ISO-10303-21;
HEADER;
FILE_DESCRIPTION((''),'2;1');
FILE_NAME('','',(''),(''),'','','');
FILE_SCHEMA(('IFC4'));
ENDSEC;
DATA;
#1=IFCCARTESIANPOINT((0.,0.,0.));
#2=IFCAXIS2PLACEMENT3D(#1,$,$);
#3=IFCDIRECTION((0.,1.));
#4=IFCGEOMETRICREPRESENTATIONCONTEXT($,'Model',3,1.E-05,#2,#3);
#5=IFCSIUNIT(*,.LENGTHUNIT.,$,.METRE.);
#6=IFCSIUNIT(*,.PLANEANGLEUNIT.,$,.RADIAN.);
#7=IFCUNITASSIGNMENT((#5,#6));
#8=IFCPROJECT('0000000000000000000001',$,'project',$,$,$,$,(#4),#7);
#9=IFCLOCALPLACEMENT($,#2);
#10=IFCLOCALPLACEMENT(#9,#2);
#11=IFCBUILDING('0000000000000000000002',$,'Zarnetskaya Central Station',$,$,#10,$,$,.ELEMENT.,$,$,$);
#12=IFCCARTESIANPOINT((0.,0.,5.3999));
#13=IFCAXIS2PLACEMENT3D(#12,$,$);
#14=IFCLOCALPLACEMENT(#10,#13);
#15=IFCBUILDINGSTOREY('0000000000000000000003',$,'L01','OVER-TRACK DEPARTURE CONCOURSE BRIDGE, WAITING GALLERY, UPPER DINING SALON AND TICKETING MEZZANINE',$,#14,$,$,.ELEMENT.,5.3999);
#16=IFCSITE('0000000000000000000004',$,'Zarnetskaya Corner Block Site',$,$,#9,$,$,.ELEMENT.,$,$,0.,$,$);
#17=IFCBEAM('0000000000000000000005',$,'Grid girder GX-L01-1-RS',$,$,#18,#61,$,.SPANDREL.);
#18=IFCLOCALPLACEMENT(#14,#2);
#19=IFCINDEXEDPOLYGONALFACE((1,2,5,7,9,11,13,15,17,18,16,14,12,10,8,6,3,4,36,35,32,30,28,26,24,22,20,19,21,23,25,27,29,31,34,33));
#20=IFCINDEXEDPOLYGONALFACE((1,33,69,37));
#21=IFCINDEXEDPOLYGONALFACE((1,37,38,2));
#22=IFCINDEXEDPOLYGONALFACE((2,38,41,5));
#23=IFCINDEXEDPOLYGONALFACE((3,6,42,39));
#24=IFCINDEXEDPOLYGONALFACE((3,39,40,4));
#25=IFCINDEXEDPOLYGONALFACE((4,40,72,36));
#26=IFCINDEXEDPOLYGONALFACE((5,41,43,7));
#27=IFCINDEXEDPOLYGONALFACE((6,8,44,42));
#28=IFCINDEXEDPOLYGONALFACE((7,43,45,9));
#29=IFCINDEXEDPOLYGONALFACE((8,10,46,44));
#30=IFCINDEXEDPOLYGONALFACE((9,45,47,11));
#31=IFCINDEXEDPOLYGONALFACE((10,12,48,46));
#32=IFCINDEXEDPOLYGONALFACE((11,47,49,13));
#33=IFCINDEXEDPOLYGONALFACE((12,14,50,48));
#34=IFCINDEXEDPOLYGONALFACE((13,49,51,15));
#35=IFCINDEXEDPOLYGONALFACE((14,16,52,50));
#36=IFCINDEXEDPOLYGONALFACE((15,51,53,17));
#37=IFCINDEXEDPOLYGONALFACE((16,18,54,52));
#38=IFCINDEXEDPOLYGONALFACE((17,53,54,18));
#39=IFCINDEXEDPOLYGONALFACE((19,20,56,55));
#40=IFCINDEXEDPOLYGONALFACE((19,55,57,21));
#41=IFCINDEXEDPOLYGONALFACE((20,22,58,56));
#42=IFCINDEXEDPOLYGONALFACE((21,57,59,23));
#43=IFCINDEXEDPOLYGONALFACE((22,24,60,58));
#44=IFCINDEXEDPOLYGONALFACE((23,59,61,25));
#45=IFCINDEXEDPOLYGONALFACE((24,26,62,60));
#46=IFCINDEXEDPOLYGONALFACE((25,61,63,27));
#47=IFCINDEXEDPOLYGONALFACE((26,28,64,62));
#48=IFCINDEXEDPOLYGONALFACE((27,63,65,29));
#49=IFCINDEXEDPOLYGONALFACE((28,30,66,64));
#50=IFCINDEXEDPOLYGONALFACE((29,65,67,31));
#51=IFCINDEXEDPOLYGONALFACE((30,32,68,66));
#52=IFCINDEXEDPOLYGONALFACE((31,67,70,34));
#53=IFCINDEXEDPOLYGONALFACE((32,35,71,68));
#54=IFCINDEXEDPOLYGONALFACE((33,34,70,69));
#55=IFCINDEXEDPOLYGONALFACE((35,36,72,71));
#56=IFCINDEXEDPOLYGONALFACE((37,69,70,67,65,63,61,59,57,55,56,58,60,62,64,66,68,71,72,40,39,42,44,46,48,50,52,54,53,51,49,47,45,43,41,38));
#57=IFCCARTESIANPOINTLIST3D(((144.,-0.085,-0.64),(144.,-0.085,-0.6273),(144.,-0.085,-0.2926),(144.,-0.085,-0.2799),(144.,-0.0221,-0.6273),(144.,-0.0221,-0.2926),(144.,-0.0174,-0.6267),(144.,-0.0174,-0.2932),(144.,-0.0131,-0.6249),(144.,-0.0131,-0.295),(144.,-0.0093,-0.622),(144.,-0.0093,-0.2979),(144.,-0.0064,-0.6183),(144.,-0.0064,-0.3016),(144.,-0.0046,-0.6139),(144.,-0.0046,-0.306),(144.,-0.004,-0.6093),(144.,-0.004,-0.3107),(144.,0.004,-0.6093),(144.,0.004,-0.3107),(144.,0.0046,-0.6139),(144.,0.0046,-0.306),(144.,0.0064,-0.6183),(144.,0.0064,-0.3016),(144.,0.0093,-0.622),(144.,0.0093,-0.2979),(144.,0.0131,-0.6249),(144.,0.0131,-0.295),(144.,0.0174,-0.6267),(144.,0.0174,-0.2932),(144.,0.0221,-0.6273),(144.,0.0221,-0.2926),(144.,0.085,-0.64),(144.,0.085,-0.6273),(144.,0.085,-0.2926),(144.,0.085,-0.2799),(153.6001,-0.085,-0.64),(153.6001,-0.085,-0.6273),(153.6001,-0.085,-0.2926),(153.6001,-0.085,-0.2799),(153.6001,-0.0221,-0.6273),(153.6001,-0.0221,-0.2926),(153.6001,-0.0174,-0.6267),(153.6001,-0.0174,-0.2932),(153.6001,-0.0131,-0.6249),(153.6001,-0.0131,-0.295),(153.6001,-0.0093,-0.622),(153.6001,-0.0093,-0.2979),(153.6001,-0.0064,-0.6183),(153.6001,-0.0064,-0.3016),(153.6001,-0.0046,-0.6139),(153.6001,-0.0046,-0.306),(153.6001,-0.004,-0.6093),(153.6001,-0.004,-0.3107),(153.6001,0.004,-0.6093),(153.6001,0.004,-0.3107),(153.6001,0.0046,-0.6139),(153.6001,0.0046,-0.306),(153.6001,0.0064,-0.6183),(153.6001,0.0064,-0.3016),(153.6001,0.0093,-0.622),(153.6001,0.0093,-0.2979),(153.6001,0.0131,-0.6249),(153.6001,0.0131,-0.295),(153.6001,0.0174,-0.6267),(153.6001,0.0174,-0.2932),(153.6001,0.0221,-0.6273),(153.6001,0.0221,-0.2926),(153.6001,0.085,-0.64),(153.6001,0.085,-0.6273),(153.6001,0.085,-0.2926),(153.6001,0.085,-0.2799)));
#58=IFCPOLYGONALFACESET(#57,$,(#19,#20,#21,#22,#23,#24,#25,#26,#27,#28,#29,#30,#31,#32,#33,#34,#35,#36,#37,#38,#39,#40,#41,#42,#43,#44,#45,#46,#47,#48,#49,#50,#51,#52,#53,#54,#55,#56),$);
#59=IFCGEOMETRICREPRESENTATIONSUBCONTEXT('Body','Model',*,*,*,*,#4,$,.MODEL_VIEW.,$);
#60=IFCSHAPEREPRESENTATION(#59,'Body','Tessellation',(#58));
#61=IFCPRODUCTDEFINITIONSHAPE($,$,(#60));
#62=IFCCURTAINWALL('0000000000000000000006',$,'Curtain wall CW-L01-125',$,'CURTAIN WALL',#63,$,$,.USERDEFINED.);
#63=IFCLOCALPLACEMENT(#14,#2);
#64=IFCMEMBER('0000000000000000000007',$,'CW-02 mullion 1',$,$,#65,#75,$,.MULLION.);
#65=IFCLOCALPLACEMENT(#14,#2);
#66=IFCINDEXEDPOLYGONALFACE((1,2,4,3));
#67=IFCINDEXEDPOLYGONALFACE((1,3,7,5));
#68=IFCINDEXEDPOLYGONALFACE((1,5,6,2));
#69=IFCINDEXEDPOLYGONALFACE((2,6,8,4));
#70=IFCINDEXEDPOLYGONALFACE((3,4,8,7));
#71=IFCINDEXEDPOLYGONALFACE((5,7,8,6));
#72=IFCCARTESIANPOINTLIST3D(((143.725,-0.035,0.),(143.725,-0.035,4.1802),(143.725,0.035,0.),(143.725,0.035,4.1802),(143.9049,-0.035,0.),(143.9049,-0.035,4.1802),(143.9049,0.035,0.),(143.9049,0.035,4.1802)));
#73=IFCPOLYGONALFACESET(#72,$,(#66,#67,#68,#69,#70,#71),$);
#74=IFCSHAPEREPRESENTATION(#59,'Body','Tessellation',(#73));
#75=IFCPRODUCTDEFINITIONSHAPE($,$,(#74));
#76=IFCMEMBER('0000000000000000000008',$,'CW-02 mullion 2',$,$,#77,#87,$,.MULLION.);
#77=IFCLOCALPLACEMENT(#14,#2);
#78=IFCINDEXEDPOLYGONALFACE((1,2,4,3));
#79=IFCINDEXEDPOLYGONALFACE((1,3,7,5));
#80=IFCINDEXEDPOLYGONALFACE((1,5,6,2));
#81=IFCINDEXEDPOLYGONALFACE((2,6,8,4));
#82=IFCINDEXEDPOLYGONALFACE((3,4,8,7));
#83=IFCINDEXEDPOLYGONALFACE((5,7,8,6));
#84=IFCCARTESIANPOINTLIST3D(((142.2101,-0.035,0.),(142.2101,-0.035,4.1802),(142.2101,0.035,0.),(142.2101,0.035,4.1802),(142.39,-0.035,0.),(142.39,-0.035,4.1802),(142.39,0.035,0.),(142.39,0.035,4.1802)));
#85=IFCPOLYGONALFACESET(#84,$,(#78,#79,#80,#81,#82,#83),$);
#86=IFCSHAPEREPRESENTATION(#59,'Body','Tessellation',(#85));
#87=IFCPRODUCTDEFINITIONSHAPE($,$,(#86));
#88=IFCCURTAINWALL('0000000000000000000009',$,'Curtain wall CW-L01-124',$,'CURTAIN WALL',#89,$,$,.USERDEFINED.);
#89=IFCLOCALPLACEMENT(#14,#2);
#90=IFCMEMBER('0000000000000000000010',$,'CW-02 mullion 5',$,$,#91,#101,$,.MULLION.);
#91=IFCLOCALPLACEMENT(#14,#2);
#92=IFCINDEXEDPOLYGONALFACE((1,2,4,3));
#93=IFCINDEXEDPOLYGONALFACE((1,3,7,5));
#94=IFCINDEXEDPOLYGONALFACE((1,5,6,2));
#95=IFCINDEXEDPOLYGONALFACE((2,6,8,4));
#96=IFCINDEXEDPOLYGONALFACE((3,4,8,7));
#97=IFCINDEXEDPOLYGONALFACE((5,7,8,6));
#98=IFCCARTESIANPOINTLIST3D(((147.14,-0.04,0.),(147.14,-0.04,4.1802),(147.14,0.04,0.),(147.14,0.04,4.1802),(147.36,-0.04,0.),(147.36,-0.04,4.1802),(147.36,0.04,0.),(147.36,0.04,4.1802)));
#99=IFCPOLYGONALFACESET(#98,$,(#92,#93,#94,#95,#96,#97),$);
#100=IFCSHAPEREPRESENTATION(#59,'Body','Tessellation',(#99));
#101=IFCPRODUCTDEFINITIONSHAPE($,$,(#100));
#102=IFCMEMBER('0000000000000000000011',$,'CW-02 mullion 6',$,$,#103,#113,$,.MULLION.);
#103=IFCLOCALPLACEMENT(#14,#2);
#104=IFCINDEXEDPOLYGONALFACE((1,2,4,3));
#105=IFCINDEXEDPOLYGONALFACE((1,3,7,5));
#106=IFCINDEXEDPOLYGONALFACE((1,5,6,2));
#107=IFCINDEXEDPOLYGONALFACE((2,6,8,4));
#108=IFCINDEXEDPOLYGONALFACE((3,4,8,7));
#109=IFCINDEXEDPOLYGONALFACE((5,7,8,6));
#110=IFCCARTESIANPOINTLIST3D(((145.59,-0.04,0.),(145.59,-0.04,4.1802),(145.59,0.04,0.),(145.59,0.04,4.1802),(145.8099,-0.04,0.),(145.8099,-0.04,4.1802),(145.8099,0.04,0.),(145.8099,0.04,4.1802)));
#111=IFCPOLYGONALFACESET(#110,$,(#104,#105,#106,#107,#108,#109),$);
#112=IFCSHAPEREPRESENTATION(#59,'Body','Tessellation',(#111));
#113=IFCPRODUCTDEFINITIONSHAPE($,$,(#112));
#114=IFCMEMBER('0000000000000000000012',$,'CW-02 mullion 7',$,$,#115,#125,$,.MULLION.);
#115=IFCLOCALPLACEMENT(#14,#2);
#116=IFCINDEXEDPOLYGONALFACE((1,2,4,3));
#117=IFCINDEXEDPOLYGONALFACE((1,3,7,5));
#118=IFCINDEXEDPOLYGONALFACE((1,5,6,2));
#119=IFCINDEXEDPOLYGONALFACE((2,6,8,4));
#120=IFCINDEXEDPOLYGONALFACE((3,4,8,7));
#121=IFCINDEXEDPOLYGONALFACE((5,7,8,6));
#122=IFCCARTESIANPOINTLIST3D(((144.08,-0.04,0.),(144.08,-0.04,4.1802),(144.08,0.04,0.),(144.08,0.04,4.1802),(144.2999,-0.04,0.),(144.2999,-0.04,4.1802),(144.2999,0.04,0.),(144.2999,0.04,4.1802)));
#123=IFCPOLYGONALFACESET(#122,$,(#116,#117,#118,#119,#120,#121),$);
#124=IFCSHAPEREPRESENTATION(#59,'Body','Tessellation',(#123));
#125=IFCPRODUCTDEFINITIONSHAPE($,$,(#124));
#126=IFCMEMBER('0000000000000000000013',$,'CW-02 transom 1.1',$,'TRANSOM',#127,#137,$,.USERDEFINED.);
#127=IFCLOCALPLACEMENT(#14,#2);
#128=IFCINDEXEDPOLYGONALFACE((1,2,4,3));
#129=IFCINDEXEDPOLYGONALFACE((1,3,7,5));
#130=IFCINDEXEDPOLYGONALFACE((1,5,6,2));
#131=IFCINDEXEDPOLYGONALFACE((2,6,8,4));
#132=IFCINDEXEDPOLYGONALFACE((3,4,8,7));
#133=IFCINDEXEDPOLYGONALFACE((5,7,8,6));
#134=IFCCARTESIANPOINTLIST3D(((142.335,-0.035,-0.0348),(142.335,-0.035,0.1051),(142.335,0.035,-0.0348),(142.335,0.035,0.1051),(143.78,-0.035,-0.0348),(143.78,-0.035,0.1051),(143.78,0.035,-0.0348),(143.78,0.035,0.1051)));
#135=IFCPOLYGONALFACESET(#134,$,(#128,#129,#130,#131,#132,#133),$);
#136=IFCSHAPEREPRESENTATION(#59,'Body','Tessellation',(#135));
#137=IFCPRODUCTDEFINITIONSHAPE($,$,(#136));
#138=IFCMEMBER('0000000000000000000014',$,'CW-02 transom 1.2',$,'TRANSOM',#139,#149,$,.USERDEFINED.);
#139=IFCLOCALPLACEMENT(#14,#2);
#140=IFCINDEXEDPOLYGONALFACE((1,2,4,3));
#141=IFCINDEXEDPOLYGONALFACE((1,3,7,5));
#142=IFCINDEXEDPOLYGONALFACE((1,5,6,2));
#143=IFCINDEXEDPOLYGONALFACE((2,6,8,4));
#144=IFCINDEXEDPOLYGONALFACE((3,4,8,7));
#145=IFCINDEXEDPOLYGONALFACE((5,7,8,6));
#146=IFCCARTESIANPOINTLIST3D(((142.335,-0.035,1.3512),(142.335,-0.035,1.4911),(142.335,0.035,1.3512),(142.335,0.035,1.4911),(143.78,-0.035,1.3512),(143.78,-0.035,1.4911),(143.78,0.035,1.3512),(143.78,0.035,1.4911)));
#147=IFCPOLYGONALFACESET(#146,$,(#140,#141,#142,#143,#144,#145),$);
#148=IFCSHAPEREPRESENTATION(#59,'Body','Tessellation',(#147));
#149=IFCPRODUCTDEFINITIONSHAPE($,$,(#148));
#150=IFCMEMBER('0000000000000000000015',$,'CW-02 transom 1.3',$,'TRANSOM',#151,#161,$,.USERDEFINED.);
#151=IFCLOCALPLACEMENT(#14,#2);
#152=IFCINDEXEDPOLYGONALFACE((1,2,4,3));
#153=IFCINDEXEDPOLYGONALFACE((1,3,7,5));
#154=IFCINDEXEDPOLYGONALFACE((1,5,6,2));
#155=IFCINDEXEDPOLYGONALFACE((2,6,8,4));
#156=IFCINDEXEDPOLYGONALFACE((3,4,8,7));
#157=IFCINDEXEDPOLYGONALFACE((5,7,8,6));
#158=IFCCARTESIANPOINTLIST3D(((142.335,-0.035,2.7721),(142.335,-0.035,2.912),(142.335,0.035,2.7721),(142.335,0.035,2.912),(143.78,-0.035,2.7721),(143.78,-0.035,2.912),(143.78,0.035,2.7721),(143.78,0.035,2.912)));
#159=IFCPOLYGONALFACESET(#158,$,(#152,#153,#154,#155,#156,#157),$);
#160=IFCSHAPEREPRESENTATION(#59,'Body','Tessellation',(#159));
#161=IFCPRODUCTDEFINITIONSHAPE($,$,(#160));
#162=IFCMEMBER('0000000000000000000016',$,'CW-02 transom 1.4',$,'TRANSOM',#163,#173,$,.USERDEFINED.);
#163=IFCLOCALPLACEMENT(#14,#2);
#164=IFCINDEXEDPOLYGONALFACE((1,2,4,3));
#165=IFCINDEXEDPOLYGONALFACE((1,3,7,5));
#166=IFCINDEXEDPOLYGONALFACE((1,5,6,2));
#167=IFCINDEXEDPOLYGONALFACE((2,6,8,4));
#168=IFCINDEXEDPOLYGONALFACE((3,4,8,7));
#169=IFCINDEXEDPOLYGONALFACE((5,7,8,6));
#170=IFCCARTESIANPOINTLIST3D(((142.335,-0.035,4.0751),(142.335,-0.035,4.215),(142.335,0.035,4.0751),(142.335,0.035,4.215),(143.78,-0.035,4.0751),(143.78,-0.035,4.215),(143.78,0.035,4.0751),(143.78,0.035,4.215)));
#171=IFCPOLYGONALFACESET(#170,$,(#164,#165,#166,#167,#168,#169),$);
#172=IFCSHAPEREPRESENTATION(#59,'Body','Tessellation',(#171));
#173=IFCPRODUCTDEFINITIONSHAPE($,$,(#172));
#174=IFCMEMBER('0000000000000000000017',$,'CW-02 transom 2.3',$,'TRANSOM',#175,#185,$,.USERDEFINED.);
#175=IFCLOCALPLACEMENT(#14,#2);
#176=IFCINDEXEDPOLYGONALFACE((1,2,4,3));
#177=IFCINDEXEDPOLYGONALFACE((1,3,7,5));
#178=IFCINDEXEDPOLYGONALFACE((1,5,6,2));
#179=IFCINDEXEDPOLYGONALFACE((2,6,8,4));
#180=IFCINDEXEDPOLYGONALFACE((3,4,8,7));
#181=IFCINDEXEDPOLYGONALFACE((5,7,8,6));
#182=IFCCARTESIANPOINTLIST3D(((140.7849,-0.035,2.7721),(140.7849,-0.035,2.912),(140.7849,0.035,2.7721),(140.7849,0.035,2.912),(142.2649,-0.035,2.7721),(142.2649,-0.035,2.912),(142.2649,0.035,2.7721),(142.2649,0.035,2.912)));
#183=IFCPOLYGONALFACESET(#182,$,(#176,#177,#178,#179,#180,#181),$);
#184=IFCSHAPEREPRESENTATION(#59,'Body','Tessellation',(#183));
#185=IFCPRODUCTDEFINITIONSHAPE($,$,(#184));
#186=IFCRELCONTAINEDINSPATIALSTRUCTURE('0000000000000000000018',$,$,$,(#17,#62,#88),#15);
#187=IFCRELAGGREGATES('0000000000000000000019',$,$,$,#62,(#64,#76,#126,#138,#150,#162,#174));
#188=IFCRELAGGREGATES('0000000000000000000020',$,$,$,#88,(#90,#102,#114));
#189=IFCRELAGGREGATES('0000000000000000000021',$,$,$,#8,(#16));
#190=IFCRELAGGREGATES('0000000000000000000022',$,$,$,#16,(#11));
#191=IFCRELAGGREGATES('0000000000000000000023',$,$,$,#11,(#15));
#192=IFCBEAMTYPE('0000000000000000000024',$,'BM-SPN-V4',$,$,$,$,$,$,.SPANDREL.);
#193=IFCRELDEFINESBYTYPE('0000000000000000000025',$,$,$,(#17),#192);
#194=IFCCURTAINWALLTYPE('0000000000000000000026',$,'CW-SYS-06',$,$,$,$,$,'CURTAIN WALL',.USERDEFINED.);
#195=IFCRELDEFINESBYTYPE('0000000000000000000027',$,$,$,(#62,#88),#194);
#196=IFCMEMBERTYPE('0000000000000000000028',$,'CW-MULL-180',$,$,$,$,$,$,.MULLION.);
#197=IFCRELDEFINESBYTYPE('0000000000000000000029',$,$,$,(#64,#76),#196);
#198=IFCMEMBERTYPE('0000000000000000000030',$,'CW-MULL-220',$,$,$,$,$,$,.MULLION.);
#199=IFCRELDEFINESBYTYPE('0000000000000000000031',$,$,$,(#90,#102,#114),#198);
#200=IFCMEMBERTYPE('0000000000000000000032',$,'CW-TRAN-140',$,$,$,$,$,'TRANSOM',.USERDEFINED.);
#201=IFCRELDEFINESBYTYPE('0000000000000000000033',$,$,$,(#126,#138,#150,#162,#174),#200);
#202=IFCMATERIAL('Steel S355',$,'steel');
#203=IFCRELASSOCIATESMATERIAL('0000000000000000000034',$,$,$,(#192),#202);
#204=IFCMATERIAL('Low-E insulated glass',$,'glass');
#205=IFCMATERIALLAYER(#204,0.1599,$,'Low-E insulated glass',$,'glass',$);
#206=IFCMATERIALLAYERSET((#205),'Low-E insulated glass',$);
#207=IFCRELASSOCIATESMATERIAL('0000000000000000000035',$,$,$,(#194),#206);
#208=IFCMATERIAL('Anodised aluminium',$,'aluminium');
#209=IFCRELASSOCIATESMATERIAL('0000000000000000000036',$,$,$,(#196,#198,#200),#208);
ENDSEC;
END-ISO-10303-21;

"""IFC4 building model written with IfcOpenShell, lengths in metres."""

from ifc_helpers import new_model, si_unit, direction, frame, origin, origin_2d, place, context, subcontext, project, spatial, rectangle, i_section, extrude, material, layer, layer_set, material_profile, profile_set, type_object, element, aggregate, save


model = new_model("IFC4")

# Units and contexts
model_context = context("Model", 3, precision=1e-05, world=origin(), true_north=direction((0.0, 1.0)))
body_context = subcontext(model_context, "Body", "Model", "MODEL_VIEW")
ifc_project = project(units=[si_unit("LENGTHUNIT", "METRE"), si_unit("PLANEANGLEUNIT", "RADIAN")], contexts=[model_context])

# Site, building, storey
site_placement = place(None, origin())
site = spatial("IfcSite", under=ifc_project, at=site_placement, Name="Zarnetskaya Corner Block Site", CompositionType="ELEMENT", RefElevation=0.0)
building_placement = place(site_placement, origin())
building = spatial("IfcBuilding", under=site, at=building_placement, Name="Zarnetskaya Central Station", CompositionType="ELEMENT")
storey_placement = place(building_placement, frame((0.0, 0.0, 5.3999)))
storey = spatial("IfcBuildingStorey", under=building, at=storey_placement, Name="L01", Description="OVER-TRACK DEPARTURE CONCOURSE BRIDGE, WAITING GALLERY, UPPER DINING SALON AND TICKETING MEZZANINE", CompositionType="ELEMENT", Elevation=5.3999)

# Shared definitions
ifc_material_1 = material(Name="Steel S355", Category="steel")

# Beam
ifc_material_profile_1 = material_profile(ifc_material_1, i_section(OverallWidth=0.1699, OverallDepth=0.3601, WebThickness=0.0081, FlangeThickness=0.0127, FilletRadius=0.0181, at=origin_2d()), Name="IPE 360")
ifc_profile_set_1 = profile_set([ifc_material_profile_1], Name="Steel S355")
beam_type_1 = type_object("IfcBeamType", Name="BM-SPN-V4", PredefinedType="SPANDREL", material=ifc_profile_set_1)
beam_1_placement = place(storey_placement, frame((144.0, 0.0, -0.46), z_axis=(1.0, 0.0, 0.0), x_axis=(0.0, 1.0, 0.0)))
element("IfcBeam", 1, at=beam_1_placement, inside=storey, type_object=beam_type_1, Name="Grid girder GX-L01-1-RS", PredefinedType="SPANDREL", context=body_context, shape_type="SweptSolid", body=[
    extrude(i_section(OverallWidth=0.1699, OverallDepth=0.3601, WebThickness=0.0081, FlangeThickness=0.0127, FilletRadius=0.0181, at=origin_2d()), origin(), (0.0, 0.0, 1.0), 9.6001),
])

# Curtain walls, members
ifc_material_2 = material(Name="Low-E insulated glass", Category="glass")
ifc_layer_1 = layer(ifc_material_2, 0.1599, Name="Low-E insulated glass", Category="glass")
ifc_layer_set_1 = layer_set([ifc_layer_1], Name="Low-E insulated glass")
curtain_wall_type = type_object("IfcCurtainWallType", Name="CW-SYS-06", ElementType="CURTAIN WALL", PredefinedType="USERDEFINED", material=ifc_layer_set_1)
curtain_wall_1_placement = place(storey_placement, origin())
curtain_wall_1 = element("IfcCurtainWall", 2, at=curtain_wall_1_placement, inside=storey, type_object=curtain_wall_type, Name="Curtain wall CW-L01-125", ObjectType="CURTAIN WALL", PredefinedType="USERDEFINED")
ifc_material_3 = material(Name="Anodised aluminium", Category="aluminium")
ifc_material_profile_2 = material_profile(ifc_material_3, rectangle(XDim=0.0701, YDim=0.1799, at=origin_2d()), Name="ALU MULL 70x180")
ifc_profile_set_2 = profile_set([ifc_material_profile_2], Name="Anodised aluminium")
member_type_1 = type_object("IfcMemberType", Name="CW-MULL-180", PredefinedType="MULLION", material=ifc_profile_set_2)
member_1_placement = place(storey_placement, frame((143.8149, 0.0, 0.0), z_axis=(0.0, 0.0, 1.0), x_axis=(0.0, -1.0, 0.0)))
member_1 = element("IfcMember", 3, at=member_1_placement, type_object=member_type_1, Name="CW-02 mullion 1", PredefinedType="MULLION", context=body_context, shape_type="SweptSolid", body=[
    extrude(rectangle(XDim=0.0701, YDim=0.1799, at=origin_2d()), origin(), (0.0, 0.0, 1.0), 4.1802),
])
member_2_placement = place(storey_placement, frame((142.3, 0.0, 0.0), z_axis=(0.0, 0.0, 1.0), x_axis=(0.0, -1.0, 0.0)))
member_2 = element("IfcMember", 4, at=member_2_placement, type_object=member_type_1, Name="CW-02 mullion 2", PredefinedType="MULLION", context=body_context, shape_type="SweptSolid", body=[
    extrude(rectangle(XDim=0.0701, YDim=0.1799, at=origin_2d()), origin(), (0.0, 0.0, 1.0), 4.1802),
])
curtain_wall_2_placement = place(storey_placement, origin())
curtain_wall_2 = element("IfcCurtainWall", 5, at=curtain_wall_2_placement, inside=storey, type_object=curtain_wall_type, Name="Curtain wall CW-L01-124", ObjectType="CURTAIN WALL", PredefinedType="USERDEFINED")
ifc_material_profile_3 = material_profile(ifc_material_3, rectangle(XDim=0.0801, YDim=0.22, at=origin_2d()), Name="ALU MULL 80x220")
ifc_profile_set_3 = profile_set([ifc_material_profile_3], Name="Anodised aluminium")
member_type_2 = type_object("IfcMemberType", Name="CW-MULL-220", PredefinedType="MULLION", material=ifc_profile_set_3)
member_3_placement = place(storey_placement, frame((147.25, 0.0, 0.0), z_axis=(0.0, 0.0, 1.0), x_axis=(0.0, -1.0, 0.0)))
member_3 = element("IfcMember", 6, at=member_3_placement, type_object=member_type_2, Name="CW-02 mullion 5", PredefinedType="MULLION", context=body_context, shape_type="SweptSolid", body=[
    extrude(rectangle(XDim=0.0801, YDim=0.22, at=origin_2d()), origin(), (0.0, 0.0, 1.0), 4.1802),
])
member_4_placement = place(storey_placement, frame((145.7, 0.0, 0.0), z_axis=(0.0, 0.0, 1.0), x_axis=(0.0, -1.0, 0.0)))
member_4 = element("IfcMember", 7, at=member_4_placement, type_object=member_type_2, Name="CW-02 mullion 6", PredefinedType="MULLION", context=body_context, shape_type="SweptSolid", body=[
    extrude(rectangle(XDim=0.0801, YDim=0.22, at=origin_2d()), origin(), (0.0, 0.0, 1.0), 4.1802),
])
member_5_placement = place(storey_placement, frame((144.1899, 0.0, 0.0), z_axis=(0.0, 0.0, 1.0), x_axis=(0.0, -1.0, 0.0)))
member_5 = element("IfcMember", 8, at=member_5_placement, type_object=member_type_2, Name="CW-02 mullion 7", PredefinedType="MULLION", context=body_context, shape_type="SweptSolid", body=[
    extrude(rectangle(XDim=0.0801, YDim=0.22, at=origin_2d()), origin(), (0.0, 0.0, 1.0), 4.1802),
])

# Members
ifc_material_profile_4 = material_profile(ifc_material_3, rectangle(XDim=0.0701, YDim=0.1399, at=origin_2d()), Name="ALU TRAN 70x140")
ifc_profile_set_4 = profile_set([ifc_material_profile_4], Name="Anodised aluminium")
member_type_3 = type_object("IfcMemberType", Name="CW-TRAN-140", ElementType="TRANSOM", PredefinedType="USERDEFINED", material=ifc_profile_set_4)
member_6_placement = place(storey_placement, frame((143.78, 0.0, 0.0352), z_axis=(-1.0, 0.0, 0.0), x_axis=(0.0, -1.0, 0.0)))
member_6 = element("IfcMember", 9, at=member_6_placement, type_object=member_type_3, Name="CW-02 transom 1.1", ObjectType="TRANSOM", PredefinedType="USERDEFINED", context=body_context, shape_type="SweptSolid", body=[
    extrude(rectangle(XDim=0.0701, YDim=0.1399, at=origin_2d()), origin(), (0.0, 0.0, 1.0), 1.4451),
])
member_7_placement = place(storey_placement, frame((143.78, 0.0, 1.4211), z_axis=(-1.0, 0.0, 0.0), x_axis=(0.0, -1.0, 0.0)))
member_7 = element("IfcMember", 10, at=member_7_placement, type_object=member_type_3, Name="CW-02 transom 1.2", ObjectType="TRANSOM", PredefinedType="USERDEFINED", context=body_context, shape_type="SweptSolid", body=[
    extrude(rectangle(XDim=0.0701, YDim=0.1399, at=origin_2d()), origin(), (0.0, 0.0, 1.0), 1.4451),
])
member_8_placement = place(storey_placement, frame((143.78, 0.0, 2.842), z_axis=(-1.0, 0.0, 0.0), x_axis=(0.0, -1.0, 0.0)))
member_8 = element("IfcMember", 11, at=member_8_placement, type_object=member_type_3, Name="CW-02 transom 1.3", ObjectType="TRANSOM", PredefinedType="USERDEFINED", context=body_context, shape_type="SweptSolid", body=[
    extrude(rectangle(XDim=0.0701, YDim=0.1399, at=origin_2d()), origin(), (0.0, 0.0, 1.0), 1.4451),
])
member_9_placement = place(storey_placement, frame((143.78, 0.0, 4.145), z_axis=(-1.0, 0.0, 0.0), x_axis=(0.0, -1.0, 0.0)))
member_9 = element("IfcMember", 12, at=member_9_placement, type_object=member_type_3, Name="CW-02 transom 1.4", ObjectType="TRANSOM", PredefinedType="USERDEFINED", context=body_context, shape_type="SweptSolid", body=[
    extrude(rectangle(XDim=0.0701, YDim=0.1399, at=origin_2d()), origin(), (0.0, 0.0, 1.0), 1.4451),
])
member_10_placement = place(storey_placement, frame((142.2649, 0.0, 2.842), z_axis=(-1.0, 0.0, 0.0), x_axis=(0.0, -1.0, 0.0)))
member_10 = element("IfcMember", 13, at=member_10_placement, type_object=member_type_3, Name="CW-02 transom 2.3", ObjectType="TRANSOM", PredefinedType="USERDEFINED", context=body_context, shape_type="SweptSolid", body=[
    extrude(rectangle(XDim=0.0701, YDim=0.1399, at=origin_2d()), origin(), (0.0, 0.0, 1.0), 1.48),
])

aggregate(curtain_wall_1, [member_1, member_2, member_6, member_7, member_8, member_9, member_10])
aggregate(curtain_wall_2, [member_3, member_4, member_5])

save(model, "model.ifc")
